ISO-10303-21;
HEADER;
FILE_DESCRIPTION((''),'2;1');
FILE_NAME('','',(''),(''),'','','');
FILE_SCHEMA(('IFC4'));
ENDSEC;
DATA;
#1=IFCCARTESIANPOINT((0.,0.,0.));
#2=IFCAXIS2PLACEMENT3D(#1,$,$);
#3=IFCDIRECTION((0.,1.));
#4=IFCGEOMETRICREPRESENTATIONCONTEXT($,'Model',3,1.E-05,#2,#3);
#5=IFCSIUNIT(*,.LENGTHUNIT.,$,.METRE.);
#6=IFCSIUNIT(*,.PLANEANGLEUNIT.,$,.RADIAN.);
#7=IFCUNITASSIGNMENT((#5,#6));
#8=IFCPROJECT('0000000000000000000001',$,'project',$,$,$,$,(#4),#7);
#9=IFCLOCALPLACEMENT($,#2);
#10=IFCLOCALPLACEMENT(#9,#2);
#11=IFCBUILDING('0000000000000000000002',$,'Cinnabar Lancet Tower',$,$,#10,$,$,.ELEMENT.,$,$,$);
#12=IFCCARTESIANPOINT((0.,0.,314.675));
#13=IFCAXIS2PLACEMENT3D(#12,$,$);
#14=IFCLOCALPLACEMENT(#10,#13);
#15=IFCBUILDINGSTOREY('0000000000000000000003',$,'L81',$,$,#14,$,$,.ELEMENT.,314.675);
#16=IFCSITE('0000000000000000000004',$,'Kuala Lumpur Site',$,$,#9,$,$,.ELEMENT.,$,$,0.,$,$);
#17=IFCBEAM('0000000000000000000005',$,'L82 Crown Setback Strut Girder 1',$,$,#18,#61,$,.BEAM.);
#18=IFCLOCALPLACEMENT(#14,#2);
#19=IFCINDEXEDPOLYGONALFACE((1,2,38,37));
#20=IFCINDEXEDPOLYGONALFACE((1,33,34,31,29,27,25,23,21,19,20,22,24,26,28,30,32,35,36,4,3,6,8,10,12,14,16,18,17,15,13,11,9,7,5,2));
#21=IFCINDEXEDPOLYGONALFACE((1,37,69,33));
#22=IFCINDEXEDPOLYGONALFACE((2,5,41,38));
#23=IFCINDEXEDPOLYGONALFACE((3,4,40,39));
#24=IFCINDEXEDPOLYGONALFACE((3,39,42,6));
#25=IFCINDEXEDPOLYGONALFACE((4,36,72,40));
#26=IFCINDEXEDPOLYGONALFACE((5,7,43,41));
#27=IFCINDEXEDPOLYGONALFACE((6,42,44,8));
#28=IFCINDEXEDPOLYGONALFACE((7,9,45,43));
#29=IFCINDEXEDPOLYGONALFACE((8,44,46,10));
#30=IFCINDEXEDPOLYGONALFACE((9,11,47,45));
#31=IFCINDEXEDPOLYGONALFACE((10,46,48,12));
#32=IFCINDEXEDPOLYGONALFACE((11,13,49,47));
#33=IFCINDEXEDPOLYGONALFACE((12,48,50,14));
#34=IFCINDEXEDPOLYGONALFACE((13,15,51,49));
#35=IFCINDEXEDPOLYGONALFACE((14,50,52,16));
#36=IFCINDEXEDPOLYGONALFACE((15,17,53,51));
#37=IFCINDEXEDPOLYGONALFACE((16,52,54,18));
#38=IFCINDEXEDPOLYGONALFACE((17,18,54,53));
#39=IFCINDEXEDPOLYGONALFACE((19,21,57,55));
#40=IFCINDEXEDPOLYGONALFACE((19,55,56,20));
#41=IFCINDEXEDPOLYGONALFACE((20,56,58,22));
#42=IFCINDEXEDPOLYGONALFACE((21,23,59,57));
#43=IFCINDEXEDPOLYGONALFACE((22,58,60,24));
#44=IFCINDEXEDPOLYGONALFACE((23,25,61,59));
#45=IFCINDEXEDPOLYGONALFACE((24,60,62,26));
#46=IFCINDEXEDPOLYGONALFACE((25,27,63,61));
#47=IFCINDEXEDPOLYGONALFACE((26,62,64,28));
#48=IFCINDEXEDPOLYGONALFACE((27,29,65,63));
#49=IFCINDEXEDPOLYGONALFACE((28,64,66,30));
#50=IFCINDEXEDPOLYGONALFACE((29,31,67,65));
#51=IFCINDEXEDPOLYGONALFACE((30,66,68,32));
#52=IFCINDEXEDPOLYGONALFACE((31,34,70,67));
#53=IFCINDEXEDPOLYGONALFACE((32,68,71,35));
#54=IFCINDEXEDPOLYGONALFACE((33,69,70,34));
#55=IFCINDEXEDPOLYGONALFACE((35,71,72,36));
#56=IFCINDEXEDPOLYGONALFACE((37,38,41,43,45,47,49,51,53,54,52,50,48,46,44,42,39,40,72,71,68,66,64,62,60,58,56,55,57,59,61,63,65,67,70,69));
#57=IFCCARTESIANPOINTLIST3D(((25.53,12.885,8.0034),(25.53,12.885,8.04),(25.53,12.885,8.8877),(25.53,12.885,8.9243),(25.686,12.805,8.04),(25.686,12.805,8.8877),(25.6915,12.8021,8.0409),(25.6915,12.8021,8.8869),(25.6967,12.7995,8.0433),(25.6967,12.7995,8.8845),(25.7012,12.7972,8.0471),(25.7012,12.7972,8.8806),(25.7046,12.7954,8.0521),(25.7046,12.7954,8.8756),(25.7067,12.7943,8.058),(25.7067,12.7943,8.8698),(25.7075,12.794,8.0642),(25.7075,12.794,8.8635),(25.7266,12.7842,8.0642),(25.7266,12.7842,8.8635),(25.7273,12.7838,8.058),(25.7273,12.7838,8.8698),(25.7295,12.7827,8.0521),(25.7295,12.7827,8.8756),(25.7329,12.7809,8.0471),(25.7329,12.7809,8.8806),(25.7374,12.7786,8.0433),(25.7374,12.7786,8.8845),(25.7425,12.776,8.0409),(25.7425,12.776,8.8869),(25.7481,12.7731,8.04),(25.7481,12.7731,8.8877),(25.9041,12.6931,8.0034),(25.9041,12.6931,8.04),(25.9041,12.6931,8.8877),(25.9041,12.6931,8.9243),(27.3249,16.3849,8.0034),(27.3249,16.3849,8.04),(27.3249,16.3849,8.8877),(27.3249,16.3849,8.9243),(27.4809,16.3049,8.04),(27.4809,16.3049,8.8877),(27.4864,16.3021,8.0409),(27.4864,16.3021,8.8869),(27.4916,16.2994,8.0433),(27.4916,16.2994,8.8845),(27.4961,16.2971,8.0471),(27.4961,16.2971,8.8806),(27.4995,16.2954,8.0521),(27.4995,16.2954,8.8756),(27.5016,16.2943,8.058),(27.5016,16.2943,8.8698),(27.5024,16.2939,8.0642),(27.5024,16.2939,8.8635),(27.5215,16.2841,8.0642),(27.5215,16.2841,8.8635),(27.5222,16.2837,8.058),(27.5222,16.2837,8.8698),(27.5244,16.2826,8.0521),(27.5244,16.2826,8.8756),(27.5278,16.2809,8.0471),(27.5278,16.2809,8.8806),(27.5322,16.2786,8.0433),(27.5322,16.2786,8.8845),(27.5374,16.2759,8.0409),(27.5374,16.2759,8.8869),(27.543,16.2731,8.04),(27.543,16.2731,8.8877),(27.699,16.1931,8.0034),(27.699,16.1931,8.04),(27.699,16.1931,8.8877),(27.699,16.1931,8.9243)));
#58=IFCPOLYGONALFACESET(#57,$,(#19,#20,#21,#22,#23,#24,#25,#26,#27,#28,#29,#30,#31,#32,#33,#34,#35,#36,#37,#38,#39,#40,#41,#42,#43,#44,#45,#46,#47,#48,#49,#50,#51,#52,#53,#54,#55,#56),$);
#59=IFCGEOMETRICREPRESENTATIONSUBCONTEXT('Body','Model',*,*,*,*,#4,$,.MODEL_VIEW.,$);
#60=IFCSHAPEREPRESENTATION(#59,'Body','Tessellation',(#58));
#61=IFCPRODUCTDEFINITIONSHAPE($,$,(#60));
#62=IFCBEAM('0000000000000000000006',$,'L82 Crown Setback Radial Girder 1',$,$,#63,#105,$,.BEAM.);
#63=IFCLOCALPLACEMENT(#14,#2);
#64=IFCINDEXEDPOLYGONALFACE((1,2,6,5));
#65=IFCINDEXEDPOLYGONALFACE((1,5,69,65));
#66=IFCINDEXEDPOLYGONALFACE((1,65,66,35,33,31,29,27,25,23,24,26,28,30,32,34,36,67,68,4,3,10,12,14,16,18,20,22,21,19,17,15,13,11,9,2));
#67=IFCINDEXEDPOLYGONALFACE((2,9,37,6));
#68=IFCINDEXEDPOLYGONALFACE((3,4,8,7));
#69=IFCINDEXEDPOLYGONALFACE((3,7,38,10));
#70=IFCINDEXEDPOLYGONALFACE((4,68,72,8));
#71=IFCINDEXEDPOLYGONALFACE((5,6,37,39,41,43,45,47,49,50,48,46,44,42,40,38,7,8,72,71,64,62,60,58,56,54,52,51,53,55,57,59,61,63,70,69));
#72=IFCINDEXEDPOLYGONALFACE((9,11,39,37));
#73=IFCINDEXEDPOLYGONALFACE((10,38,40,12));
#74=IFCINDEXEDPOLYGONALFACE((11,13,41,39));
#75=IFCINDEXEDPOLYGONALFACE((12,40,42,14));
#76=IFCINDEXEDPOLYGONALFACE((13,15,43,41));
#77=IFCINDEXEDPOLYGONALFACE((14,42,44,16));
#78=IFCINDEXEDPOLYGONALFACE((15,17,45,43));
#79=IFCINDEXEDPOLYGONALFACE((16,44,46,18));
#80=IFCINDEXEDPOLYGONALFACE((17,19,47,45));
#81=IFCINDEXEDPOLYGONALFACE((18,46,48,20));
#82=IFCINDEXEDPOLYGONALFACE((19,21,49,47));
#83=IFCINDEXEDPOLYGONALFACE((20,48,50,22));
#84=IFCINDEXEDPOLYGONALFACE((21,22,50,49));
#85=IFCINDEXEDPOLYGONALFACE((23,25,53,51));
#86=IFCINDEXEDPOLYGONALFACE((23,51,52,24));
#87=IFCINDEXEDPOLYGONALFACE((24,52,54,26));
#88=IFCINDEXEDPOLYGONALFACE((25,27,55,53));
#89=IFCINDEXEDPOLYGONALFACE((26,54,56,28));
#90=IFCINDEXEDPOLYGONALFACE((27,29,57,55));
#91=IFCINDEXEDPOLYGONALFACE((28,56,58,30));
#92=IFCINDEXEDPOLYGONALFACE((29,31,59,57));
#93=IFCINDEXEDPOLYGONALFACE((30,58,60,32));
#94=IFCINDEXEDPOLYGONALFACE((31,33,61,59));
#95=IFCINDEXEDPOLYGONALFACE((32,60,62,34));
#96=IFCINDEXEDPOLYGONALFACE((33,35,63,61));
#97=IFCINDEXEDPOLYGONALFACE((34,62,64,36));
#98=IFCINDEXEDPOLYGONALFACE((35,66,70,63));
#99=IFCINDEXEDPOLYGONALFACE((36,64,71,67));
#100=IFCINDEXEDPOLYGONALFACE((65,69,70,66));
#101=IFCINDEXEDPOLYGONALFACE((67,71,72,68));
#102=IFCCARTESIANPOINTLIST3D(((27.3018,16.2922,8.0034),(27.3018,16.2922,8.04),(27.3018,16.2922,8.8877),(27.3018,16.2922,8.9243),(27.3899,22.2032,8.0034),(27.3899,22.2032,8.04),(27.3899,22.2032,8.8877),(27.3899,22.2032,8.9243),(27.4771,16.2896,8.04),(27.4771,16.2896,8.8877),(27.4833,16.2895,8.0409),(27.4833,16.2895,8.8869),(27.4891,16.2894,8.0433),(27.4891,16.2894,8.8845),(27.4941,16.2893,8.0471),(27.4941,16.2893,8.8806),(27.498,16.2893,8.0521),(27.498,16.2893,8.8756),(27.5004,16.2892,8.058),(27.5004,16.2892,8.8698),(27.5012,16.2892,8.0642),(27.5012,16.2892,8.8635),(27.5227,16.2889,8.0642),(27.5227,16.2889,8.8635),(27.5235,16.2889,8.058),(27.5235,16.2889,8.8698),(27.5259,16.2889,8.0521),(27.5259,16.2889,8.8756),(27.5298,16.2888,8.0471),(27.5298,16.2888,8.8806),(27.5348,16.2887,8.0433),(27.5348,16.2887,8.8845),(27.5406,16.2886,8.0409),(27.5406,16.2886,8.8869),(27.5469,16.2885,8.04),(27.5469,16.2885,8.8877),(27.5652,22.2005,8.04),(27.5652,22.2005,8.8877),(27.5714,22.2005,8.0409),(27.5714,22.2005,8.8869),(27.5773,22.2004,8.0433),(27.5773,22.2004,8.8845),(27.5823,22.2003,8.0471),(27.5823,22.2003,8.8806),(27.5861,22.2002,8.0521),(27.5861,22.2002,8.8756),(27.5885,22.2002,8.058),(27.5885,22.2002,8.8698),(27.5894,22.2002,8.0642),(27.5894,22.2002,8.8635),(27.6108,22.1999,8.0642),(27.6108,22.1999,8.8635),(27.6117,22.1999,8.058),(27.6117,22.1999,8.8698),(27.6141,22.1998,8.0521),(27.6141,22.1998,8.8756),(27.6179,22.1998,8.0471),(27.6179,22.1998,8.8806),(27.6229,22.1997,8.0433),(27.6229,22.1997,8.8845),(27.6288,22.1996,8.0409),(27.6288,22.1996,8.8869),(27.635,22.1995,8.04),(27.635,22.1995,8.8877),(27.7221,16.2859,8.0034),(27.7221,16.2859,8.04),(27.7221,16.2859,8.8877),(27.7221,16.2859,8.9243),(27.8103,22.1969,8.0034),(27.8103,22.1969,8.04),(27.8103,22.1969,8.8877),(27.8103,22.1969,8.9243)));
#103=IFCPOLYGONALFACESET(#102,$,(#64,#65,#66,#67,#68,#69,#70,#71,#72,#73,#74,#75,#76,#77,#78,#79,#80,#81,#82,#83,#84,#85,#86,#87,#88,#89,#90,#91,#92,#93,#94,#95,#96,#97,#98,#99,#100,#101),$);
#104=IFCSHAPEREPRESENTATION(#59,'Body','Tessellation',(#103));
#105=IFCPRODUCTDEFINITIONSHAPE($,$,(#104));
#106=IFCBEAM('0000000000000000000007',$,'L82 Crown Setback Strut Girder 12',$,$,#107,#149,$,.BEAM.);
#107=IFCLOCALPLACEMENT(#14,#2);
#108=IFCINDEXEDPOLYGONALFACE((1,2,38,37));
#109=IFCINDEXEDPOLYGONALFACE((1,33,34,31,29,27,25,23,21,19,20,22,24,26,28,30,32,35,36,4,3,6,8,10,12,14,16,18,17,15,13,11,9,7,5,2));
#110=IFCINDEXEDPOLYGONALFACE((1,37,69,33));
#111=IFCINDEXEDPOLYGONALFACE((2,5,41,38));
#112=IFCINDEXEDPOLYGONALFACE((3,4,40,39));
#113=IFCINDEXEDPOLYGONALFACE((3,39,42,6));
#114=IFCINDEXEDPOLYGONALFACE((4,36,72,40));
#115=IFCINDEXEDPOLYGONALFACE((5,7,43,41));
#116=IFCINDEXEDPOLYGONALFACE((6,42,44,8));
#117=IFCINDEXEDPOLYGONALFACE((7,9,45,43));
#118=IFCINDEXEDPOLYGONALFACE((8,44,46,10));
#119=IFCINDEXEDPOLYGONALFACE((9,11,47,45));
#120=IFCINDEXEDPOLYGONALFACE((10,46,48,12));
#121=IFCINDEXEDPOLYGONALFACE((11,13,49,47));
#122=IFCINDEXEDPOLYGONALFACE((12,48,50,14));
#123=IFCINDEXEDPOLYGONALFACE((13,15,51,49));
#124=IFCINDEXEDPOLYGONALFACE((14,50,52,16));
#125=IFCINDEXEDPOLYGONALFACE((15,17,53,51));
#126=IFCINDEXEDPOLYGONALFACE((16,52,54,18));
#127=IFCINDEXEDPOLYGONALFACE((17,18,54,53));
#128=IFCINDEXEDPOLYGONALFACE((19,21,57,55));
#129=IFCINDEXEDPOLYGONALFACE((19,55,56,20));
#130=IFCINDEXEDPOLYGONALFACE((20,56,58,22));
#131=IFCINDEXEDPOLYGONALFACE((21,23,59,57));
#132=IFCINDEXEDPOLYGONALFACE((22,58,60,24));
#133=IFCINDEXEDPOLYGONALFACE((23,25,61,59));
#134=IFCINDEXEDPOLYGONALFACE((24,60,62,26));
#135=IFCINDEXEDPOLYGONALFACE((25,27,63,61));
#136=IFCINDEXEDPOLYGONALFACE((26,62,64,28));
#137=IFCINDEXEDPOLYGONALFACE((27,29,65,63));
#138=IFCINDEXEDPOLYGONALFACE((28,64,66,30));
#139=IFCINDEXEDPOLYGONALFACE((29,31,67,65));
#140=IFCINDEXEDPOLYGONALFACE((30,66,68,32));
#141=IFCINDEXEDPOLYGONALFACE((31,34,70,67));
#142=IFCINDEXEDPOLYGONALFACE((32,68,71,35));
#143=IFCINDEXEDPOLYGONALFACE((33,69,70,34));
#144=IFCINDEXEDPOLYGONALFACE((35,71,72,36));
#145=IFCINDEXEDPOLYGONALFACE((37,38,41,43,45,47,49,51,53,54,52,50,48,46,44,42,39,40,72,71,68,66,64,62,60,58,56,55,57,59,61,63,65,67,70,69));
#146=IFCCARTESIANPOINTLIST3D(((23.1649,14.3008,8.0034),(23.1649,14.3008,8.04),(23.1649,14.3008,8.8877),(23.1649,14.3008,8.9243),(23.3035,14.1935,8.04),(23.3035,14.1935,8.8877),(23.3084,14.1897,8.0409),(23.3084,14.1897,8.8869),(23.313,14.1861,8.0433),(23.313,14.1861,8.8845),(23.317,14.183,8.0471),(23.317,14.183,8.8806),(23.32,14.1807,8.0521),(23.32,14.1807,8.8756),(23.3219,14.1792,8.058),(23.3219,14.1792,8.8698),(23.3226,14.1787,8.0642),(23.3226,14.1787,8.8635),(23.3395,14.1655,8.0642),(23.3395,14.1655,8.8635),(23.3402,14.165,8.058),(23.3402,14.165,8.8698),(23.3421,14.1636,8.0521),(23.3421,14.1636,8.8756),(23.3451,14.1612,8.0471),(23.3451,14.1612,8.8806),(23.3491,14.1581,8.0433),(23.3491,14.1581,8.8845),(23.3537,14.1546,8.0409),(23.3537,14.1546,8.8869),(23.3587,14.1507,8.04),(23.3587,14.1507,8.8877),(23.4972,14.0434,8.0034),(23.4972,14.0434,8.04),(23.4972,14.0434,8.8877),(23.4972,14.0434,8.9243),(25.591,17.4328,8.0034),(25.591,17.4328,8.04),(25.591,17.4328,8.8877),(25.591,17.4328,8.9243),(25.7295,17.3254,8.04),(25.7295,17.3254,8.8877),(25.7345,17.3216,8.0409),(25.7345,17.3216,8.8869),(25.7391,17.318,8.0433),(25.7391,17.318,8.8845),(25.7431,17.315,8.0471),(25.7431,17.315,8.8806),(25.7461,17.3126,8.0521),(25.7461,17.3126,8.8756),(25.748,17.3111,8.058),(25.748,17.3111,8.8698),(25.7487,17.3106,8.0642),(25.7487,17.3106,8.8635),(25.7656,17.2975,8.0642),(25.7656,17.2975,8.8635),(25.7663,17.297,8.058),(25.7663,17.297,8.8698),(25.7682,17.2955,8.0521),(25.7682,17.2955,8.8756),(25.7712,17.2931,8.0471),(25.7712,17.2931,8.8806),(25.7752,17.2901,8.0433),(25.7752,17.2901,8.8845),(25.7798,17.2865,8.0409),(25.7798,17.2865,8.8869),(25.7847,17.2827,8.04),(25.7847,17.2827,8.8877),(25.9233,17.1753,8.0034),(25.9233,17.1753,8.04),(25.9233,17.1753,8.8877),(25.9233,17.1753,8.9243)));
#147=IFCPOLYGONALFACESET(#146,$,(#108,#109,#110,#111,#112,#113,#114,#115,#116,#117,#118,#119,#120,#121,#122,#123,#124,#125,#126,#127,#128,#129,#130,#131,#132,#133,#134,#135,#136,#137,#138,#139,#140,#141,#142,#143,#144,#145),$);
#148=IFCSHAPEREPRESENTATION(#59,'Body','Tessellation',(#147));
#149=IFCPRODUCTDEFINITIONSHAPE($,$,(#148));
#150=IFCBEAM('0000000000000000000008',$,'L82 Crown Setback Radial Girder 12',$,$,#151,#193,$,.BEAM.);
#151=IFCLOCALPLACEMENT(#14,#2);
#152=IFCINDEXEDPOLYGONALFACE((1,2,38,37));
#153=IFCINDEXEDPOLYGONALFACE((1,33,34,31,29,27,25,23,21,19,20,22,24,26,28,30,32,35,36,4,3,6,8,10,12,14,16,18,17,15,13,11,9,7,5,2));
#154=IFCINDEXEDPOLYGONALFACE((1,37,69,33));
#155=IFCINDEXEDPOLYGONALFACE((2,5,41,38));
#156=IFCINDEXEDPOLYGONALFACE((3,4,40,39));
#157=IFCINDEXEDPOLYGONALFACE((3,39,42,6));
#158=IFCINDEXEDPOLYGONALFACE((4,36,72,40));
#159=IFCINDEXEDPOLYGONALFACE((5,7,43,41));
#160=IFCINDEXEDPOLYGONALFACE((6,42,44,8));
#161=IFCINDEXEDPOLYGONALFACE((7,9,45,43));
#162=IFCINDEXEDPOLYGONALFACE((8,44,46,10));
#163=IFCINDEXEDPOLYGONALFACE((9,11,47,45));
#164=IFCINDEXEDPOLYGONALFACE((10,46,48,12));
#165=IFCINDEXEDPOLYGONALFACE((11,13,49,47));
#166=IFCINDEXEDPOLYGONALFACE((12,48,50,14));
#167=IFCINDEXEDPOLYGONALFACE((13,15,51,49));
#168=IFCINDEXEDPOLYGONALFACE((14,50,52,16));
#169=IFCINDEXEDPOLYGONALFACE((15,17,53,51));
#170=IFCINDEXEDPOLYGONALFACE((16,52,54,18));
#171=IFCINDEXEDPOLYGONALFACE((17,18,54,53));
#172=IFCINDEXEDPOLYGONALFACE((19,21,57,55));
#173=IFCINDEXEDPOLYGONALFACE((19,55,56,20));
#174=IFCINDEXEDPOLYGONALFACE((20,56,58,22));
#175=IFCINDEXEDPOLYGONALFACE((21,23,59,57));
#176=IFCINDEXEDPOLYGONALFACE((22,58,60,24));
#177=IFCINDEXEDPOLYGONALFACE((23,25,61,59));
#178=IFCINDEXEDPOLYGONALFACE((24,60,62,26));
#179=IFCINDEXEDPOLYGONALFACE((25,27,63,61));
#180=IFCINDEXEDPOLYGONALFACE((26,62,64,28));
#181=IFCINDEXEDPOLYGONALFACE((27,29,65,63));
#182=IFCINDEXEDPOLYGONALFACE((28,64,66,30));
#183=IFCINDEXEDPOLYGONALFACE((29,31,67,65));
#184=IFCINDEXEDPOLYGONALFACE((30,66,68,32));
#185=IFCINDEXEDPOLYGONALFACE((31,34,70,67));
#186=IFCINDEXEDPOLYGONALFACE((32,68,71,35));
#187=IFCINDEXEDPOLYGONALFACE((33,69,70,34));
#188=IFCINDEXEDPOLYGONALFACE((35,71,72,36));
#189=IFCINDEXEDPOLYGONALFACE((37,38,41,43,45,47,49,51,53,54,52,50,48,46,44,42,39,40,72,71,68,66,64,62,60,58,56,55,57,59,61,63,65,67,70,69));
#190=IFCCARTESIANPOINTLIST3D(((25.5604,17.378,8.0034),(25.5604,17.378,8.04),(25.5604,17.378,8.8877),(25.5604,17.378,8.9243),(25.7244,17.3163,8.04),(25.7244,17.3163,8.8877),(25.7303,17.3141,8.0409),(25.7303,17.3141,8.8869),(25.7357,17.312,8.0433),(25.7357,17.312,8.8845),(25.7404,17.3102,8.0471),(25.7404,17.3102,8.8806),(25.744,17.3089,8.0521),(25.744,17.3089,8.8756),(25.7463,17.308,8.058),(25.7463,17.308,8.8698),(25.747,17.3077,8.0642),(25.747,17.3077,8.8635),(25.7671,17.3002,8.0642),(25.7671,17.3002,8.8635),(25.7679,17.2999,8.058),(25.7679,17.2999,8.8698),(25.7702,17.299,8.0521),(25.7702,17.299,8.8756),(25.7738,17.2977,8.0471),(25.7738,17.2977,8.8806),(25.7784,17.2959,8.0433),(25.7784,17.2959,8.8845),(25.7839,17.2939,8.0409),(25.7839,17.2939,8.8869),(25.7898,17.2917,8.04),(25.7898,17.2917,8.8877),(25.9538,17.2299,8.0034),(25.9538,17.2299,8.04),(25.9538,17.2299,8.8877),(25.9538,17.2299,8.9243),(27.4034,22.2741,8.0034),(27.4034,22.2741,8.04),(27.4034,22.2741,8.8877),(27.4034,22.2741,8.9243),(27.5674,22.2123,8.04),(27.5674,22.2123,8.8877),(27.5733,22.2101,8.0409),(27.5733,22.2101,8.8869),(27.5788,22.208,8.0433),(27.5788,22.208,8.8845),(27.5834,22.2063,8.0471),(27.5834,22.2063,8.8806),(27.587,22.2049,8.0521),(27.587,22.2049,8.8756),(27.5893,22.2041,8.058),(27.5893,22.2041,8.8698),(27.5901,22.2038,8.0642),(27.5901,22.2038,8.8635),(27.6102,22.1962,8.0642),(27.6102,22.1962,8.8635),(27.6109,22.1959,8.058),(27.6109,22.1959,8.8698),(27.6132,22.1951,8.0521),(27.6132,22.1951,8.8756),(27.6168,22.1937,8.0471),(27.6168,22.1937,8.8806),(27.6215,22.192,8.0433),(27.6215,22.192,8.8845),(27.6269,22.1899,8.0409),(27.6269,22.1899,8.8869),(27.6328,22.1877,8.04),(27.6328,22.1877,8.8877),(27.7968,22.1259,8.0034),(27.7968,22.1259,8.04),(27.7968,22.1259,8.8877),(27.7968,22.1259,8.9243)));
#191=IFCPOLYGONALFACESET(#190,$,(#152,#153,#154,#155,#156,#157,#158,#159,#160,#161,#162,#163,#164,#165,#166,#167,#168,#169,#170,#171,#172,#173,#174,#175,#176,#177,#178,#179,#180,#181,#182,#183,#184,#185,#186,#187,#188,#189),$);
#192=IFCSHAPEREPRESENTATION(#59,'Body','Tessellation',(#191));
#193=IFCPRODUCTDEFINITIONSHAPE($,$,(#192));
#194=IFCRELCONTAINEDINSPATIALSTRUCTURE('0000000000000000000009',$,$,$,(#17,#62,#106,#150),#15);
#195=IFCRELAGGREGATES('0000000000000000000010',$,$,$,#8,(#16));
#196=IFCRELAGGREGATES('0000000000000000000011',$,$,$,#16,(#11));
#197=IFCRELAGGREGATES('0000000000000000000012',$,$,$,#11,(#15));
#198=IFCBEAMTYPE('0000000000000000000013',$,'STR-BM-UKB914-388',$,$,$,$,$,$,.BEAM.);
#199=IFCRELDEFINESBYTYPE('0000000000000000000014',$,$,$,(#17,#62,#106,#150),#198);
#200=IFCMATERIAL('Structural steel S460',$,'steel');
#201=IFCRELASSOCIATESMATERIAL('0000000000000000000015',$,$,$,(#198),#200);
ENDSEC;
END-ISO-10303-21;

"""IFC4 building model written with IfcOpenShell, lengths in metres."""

from ifc_helpers import new_model, si_unit, direction, frame, origin, origin_2d, place, context, subcontext, project, spatial, i_section, extrude, material, material_profile, profile_set, type_object, element, save


model = new_model("IFC4")

# Units and contexts
model_context = context("Model", 3, precision=1e-05, world=origin(), true_north=direction((0.0, 1.0)))
body_context = subcontext(model_context, "Body", "Model", "MODEL_VIEW")
ifc_project = project(units=[si_unit("LENGTHUNIT", "METRE"), si_unit("PLANEANGLEUNIT", "RADIAN")], contexts=[model_context])

# Site, building, storey
site_placement = place(None, origin())
site = spatial("IfcSite", under=ifc_project, at=site_placement, Name="Kuala Lumpur Site", CompositionType="ELEMENT", RefElevation=0.0)
building_placement = place(site_placement, origin())
building = spatial("IfcBuilding", under=site, at=building_placement, Name="Cinnabar Lancet Tower", CompositionType="ELEMENT")
storey_placement = place(building_placement, frame((0.0, 0.0, 314.675)))
storey = spatial("IfcBuildingStorey", under=building, at=storey_placement, Name="L81", CompositionType="ELEMENT", Elevation=314.675)

# Beams
ifc_material_1 = material(Name="Structural steel S460", Category="steel")
ifc_material_profile_1 = material_profile(ifc_material_1, i_section(OverallWidth=0.4204, OverallDepth=0.9209, WebThickness=0.0215, FlangeThickness=0.0366, FilletRadius=0.0242, at=origin_2d()), Name="UKB 914x419x388")
ifc_profile_set_1 = profile_set([ifc_material_profile_1], Name="Structural steel S460")
beam_type = type_object("IfcBeamType", Name="STR-BM-UKB914-388", PredefinedType="BEAM", material=ifc_profile_set_1)
beam_1_placement = place(storey_placement, frame((25.717, 12.7891, 8.4639), z_axis=(0.456327, 0.889812, 0.0), x_axis=(-0.889812, 0.456327, 0.0)))
element("IfcBeam", 1, at=beam_1_placement, inside=storey, type_object=beam_type, Name="L82 Crown Setback Strut Girder 1", PredefinedType="BEAM", context=body_context, shape_type="SweptSolid", body=[
    extrude(i_section(OverallWidth=0.4204, OverallDepth=0.9209, WebThickness=0.0215, FlangeThickness=0.0366, FilletRadius=0.0242, at=origin_2d()), origin(), (0.0, 0.0, 1.0), 3.9333),
])
beam_2_placement = place(storey_placement, frame((27.512, 16.2891, 8.4639), z_axis=(0.014909, 0.999889, 0.0), x_axis=(-0.999889, 0.014909, 0.0)))
element("IfcBeam", 2, at=beam_2_placement, inside=storey, type_object=beam_type, Name="L82 Crown Setback Radial Girder 1", PredefinedType="BEAM", context=body_context, shape_type="SweptSolid", body=[
    extrude(i_section(OverallWidth=0.4204, OverallDepth=0.9209, WebThickness=0.0215, FlangeThickness=0.0366, FilletRadius=0.0242, at=origin_2d()), origin(), (0.0, 0.0, 1.0), 5.9116),
])
beam_3_placement = place(storey_placement, frame((23.3311, 14.1721, 8.4639), z_axis=(0.612391, 0.790555, 0.0), x_axis=(-0.790555, 0.612391, 0.0)))
element("IfcBeam", 3, at=beam_3_placement, inside=storey, type_object=beam_type, Name="L82 Crown Setback Strut Girder 12", PredefinedType="BEAM", context=body_context, shape_type="SweptSolid", body=[
    extrude(i_section(OverallWidth=0.4204, OverallDepth=0.9209, WebThickness=0.0215, FlangeThickness=0.0366, FilletRadius=0.0242, at=origin_2d()), origin(), (0.0, 0.0, 1.0), 3.9617),
])
beam_4_placement = place(storey_placement, frame((25.7571, 17.304, 8.4639), z_axis=(0.352299, 0.935887, 0.0), x_axis=(-0.935887, 0.352299, 0.0)))
element("IfcBeam", 4, at=beam_4_placement, inside=storey, type_object=beam_type, Name="L82 Crown Setback Radial Girder 12", PredefinedType="BEAM", context=body_context, shape_type="SweptSolid", body=[
    extrude(i_section(OverallWidth=0.4204, OverallDepth=0.9209, WebThickness=0.0215, FlangeThickness=0.0366, FilletRadius=0.0242, at=origin_2d()), origin(), (0.0, 0.0, 1.0), 5.2314),
])

save(model, "model.ifc")
